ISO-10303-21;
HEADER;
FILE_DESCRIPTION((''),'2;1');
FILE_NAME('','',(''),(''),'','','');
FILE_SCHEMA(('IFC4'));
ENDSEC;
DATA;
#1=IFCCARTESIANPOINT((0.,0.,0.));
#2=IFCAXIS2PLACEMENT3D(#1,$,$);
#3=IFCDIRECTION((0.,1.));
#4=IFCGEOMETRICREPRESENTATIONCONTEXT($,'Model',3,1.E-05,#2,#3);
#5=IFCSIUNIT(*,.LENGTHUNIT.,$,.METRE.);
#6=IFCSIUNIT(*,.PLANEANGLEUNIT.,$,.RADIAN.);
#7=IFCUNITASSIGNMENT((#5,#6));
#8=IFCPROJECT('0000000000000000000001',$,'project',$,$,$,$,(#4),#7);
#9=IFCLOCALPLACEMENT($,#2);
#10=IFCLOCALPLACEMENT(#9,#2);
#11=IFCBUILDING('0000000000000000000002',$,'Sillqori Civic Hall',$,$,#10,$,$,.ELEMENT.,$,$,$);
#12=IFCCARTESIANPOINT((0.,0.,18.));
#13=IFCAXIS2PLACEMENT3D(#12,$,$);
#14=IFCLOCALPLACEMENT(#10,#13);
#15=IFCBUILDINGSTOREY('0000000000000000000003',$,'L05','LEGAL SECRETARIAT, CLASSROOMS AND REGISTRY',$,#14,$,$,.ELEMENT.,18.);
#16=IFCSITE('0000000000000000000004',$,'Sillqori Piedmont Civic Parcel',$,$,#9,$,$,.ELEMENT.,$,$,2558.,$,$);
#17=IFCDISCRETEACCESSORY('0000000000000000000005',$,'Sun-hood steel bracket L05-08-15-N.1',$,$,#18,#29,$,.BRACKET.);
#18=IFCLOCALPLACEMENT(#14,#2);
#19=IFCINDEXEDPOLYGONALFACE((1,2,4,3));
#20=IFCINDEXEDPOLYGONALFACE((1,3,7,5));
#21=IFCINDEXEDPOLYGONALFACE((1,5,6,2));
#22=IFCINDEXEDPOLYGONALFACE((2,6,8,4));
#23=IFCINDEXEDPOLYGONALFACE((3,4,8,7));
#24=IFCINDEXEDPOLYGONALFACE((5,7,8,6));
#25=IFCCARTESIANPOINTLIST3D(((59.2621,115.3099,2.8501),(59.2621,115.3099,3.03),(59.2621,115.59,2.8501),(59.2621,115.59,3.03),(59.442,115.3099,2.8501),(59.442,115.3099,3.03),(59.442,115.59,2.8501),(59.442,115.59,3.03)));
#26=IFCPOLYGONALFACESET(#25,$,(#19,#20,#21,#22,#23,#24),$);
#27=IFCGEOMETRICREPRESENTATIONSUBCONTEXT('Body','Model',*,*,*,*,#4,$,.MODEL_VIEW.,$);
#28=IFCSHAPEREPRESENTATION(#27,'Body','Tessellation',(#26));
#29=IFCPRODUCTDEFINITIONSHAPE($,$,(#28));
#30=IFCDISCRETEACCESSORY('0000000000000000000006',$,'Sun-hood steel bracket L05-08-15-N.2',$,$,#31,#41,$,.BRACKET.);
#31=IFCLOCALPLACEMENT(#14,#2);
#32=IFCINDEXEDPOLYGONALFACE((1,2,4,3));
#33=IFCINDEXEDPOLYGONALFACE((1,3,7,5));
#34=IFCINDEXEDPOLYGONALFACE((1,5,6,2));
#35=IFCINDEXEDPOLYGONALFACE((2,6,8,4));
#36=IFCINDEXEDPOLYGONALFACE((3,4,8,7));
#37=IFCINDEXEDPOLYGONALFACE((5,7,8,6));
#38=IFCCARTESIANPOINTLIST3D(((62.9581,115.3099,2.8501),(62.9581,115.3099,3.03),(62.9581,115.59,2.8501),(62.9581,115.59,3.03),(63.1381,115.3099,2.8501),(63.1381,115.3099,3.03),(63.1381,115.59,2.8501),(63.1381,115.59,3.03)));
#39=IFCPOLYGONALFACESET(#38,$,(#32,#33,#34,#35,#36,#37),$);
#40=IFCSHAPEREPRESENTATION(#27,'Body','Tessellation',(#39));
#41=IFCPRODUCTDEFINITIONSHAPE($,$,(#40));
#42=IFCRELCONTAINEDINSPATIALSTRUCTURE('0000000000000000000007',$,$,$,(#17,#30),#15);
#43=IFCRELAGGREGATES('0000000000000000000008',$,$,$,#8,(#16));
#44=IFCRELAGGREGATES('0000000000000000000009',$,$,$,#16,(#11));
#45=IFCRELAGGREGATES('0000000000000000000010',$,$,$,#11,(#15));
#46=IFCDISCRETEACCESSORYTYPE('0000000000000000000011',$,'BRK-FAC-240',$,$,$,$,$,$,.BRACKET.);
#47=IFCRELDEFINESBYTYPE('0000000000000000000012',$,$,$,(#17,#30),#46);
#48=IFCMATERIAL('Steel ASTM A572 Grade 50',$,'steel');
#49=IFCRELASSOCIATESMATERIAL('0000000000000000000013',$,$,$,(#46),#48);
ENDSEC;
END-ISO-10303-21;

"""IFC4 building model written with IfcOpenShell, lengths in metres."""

from ifc_helpers import new_model, si_unit, direction, frame, origin, origin_2d, place, context, subcontext, project, spatial, rectangle, extrude, material, type_object, element, save


model = new_model("IFC4")

# Units and contexts
model_context = context("Model", 3, precision=1e-05, world=origin(), true_north=direction((0.0, 1.0)))
body_context = subcontext(model_context, "Body", "Model", "MODEL_VIEW")
ifc_project = project(units=[si_unit("LENGTHUNIT", "METRE"), si_unit("PLANEANGLEUNIT", "RADIAN")], contexts=[model_context])

# Site, building, storey
site_placement = place(None, origin())
site = spatial("IfcSite", under=ifc_project, at=site_placement, Name="Sillqori Piedmont Civic Parcel", CompositionType="ELEMENT", RefElevation=2558.0)
building_placement = place(site_placement, origin())
building = spatial("IfcBuilding", under=site, at=building_placement, Name="Sillqori Civic Hall", CompositionType="ELEMENT")
storey_placement = place(building_placement, frame((0.0, 0.0, 18.0)))
storey = spatial("IfcBuildingStorey", under=building, at=storey_placement, Name="L05", Description="LEGAL SECRETARIAT, CLASSROOMS AND REGISTRY", CompositionType="ELEMENT", Elevation=18.0)

# Discrete accessories
ifc_material_1 = material(Name="Steel ASTM A572 Grade 50", Category="steel")
discrete_accessory_type = type_object("IfcDiscreteAccessoryType", Name="BRK-FAC-240", PredefinedType="BRACKET", material=ifc_material_1)
for number, where, z_axis, x_axis, name in (
    (1, (59.3521, 115.45, 2.8501), (0.0, 0.0, 1.0), (1.0, 0.0, 0.0), "Sun-hood steel bracket L05-08-15-N.1"),
    (2, (63.0481, 115.45, 2.8501), (0.0, 0.0, 1.0), (1.0, 0.0, 0.0), "Sun-hood steel bracket L05-08-15-N.2"),
):
    element("IfcDiscreteAccessory", number, at=place(storey_placement, frame(where, z_axis=z_axis, x_axis=x_axis)), inside=storey, type_object=discrete_accessory_type, Name=name, PredefinedType="BRACKET", context=body_context, shape_type="SweptSolid", body=[
        extrude(rectangle(XDim=0.1799, YDim=0.28, at=origin_2d()), origin(), (0.0, 0.0, 1.0), 0.1799),
    ])

save(model, "model.ifc")
